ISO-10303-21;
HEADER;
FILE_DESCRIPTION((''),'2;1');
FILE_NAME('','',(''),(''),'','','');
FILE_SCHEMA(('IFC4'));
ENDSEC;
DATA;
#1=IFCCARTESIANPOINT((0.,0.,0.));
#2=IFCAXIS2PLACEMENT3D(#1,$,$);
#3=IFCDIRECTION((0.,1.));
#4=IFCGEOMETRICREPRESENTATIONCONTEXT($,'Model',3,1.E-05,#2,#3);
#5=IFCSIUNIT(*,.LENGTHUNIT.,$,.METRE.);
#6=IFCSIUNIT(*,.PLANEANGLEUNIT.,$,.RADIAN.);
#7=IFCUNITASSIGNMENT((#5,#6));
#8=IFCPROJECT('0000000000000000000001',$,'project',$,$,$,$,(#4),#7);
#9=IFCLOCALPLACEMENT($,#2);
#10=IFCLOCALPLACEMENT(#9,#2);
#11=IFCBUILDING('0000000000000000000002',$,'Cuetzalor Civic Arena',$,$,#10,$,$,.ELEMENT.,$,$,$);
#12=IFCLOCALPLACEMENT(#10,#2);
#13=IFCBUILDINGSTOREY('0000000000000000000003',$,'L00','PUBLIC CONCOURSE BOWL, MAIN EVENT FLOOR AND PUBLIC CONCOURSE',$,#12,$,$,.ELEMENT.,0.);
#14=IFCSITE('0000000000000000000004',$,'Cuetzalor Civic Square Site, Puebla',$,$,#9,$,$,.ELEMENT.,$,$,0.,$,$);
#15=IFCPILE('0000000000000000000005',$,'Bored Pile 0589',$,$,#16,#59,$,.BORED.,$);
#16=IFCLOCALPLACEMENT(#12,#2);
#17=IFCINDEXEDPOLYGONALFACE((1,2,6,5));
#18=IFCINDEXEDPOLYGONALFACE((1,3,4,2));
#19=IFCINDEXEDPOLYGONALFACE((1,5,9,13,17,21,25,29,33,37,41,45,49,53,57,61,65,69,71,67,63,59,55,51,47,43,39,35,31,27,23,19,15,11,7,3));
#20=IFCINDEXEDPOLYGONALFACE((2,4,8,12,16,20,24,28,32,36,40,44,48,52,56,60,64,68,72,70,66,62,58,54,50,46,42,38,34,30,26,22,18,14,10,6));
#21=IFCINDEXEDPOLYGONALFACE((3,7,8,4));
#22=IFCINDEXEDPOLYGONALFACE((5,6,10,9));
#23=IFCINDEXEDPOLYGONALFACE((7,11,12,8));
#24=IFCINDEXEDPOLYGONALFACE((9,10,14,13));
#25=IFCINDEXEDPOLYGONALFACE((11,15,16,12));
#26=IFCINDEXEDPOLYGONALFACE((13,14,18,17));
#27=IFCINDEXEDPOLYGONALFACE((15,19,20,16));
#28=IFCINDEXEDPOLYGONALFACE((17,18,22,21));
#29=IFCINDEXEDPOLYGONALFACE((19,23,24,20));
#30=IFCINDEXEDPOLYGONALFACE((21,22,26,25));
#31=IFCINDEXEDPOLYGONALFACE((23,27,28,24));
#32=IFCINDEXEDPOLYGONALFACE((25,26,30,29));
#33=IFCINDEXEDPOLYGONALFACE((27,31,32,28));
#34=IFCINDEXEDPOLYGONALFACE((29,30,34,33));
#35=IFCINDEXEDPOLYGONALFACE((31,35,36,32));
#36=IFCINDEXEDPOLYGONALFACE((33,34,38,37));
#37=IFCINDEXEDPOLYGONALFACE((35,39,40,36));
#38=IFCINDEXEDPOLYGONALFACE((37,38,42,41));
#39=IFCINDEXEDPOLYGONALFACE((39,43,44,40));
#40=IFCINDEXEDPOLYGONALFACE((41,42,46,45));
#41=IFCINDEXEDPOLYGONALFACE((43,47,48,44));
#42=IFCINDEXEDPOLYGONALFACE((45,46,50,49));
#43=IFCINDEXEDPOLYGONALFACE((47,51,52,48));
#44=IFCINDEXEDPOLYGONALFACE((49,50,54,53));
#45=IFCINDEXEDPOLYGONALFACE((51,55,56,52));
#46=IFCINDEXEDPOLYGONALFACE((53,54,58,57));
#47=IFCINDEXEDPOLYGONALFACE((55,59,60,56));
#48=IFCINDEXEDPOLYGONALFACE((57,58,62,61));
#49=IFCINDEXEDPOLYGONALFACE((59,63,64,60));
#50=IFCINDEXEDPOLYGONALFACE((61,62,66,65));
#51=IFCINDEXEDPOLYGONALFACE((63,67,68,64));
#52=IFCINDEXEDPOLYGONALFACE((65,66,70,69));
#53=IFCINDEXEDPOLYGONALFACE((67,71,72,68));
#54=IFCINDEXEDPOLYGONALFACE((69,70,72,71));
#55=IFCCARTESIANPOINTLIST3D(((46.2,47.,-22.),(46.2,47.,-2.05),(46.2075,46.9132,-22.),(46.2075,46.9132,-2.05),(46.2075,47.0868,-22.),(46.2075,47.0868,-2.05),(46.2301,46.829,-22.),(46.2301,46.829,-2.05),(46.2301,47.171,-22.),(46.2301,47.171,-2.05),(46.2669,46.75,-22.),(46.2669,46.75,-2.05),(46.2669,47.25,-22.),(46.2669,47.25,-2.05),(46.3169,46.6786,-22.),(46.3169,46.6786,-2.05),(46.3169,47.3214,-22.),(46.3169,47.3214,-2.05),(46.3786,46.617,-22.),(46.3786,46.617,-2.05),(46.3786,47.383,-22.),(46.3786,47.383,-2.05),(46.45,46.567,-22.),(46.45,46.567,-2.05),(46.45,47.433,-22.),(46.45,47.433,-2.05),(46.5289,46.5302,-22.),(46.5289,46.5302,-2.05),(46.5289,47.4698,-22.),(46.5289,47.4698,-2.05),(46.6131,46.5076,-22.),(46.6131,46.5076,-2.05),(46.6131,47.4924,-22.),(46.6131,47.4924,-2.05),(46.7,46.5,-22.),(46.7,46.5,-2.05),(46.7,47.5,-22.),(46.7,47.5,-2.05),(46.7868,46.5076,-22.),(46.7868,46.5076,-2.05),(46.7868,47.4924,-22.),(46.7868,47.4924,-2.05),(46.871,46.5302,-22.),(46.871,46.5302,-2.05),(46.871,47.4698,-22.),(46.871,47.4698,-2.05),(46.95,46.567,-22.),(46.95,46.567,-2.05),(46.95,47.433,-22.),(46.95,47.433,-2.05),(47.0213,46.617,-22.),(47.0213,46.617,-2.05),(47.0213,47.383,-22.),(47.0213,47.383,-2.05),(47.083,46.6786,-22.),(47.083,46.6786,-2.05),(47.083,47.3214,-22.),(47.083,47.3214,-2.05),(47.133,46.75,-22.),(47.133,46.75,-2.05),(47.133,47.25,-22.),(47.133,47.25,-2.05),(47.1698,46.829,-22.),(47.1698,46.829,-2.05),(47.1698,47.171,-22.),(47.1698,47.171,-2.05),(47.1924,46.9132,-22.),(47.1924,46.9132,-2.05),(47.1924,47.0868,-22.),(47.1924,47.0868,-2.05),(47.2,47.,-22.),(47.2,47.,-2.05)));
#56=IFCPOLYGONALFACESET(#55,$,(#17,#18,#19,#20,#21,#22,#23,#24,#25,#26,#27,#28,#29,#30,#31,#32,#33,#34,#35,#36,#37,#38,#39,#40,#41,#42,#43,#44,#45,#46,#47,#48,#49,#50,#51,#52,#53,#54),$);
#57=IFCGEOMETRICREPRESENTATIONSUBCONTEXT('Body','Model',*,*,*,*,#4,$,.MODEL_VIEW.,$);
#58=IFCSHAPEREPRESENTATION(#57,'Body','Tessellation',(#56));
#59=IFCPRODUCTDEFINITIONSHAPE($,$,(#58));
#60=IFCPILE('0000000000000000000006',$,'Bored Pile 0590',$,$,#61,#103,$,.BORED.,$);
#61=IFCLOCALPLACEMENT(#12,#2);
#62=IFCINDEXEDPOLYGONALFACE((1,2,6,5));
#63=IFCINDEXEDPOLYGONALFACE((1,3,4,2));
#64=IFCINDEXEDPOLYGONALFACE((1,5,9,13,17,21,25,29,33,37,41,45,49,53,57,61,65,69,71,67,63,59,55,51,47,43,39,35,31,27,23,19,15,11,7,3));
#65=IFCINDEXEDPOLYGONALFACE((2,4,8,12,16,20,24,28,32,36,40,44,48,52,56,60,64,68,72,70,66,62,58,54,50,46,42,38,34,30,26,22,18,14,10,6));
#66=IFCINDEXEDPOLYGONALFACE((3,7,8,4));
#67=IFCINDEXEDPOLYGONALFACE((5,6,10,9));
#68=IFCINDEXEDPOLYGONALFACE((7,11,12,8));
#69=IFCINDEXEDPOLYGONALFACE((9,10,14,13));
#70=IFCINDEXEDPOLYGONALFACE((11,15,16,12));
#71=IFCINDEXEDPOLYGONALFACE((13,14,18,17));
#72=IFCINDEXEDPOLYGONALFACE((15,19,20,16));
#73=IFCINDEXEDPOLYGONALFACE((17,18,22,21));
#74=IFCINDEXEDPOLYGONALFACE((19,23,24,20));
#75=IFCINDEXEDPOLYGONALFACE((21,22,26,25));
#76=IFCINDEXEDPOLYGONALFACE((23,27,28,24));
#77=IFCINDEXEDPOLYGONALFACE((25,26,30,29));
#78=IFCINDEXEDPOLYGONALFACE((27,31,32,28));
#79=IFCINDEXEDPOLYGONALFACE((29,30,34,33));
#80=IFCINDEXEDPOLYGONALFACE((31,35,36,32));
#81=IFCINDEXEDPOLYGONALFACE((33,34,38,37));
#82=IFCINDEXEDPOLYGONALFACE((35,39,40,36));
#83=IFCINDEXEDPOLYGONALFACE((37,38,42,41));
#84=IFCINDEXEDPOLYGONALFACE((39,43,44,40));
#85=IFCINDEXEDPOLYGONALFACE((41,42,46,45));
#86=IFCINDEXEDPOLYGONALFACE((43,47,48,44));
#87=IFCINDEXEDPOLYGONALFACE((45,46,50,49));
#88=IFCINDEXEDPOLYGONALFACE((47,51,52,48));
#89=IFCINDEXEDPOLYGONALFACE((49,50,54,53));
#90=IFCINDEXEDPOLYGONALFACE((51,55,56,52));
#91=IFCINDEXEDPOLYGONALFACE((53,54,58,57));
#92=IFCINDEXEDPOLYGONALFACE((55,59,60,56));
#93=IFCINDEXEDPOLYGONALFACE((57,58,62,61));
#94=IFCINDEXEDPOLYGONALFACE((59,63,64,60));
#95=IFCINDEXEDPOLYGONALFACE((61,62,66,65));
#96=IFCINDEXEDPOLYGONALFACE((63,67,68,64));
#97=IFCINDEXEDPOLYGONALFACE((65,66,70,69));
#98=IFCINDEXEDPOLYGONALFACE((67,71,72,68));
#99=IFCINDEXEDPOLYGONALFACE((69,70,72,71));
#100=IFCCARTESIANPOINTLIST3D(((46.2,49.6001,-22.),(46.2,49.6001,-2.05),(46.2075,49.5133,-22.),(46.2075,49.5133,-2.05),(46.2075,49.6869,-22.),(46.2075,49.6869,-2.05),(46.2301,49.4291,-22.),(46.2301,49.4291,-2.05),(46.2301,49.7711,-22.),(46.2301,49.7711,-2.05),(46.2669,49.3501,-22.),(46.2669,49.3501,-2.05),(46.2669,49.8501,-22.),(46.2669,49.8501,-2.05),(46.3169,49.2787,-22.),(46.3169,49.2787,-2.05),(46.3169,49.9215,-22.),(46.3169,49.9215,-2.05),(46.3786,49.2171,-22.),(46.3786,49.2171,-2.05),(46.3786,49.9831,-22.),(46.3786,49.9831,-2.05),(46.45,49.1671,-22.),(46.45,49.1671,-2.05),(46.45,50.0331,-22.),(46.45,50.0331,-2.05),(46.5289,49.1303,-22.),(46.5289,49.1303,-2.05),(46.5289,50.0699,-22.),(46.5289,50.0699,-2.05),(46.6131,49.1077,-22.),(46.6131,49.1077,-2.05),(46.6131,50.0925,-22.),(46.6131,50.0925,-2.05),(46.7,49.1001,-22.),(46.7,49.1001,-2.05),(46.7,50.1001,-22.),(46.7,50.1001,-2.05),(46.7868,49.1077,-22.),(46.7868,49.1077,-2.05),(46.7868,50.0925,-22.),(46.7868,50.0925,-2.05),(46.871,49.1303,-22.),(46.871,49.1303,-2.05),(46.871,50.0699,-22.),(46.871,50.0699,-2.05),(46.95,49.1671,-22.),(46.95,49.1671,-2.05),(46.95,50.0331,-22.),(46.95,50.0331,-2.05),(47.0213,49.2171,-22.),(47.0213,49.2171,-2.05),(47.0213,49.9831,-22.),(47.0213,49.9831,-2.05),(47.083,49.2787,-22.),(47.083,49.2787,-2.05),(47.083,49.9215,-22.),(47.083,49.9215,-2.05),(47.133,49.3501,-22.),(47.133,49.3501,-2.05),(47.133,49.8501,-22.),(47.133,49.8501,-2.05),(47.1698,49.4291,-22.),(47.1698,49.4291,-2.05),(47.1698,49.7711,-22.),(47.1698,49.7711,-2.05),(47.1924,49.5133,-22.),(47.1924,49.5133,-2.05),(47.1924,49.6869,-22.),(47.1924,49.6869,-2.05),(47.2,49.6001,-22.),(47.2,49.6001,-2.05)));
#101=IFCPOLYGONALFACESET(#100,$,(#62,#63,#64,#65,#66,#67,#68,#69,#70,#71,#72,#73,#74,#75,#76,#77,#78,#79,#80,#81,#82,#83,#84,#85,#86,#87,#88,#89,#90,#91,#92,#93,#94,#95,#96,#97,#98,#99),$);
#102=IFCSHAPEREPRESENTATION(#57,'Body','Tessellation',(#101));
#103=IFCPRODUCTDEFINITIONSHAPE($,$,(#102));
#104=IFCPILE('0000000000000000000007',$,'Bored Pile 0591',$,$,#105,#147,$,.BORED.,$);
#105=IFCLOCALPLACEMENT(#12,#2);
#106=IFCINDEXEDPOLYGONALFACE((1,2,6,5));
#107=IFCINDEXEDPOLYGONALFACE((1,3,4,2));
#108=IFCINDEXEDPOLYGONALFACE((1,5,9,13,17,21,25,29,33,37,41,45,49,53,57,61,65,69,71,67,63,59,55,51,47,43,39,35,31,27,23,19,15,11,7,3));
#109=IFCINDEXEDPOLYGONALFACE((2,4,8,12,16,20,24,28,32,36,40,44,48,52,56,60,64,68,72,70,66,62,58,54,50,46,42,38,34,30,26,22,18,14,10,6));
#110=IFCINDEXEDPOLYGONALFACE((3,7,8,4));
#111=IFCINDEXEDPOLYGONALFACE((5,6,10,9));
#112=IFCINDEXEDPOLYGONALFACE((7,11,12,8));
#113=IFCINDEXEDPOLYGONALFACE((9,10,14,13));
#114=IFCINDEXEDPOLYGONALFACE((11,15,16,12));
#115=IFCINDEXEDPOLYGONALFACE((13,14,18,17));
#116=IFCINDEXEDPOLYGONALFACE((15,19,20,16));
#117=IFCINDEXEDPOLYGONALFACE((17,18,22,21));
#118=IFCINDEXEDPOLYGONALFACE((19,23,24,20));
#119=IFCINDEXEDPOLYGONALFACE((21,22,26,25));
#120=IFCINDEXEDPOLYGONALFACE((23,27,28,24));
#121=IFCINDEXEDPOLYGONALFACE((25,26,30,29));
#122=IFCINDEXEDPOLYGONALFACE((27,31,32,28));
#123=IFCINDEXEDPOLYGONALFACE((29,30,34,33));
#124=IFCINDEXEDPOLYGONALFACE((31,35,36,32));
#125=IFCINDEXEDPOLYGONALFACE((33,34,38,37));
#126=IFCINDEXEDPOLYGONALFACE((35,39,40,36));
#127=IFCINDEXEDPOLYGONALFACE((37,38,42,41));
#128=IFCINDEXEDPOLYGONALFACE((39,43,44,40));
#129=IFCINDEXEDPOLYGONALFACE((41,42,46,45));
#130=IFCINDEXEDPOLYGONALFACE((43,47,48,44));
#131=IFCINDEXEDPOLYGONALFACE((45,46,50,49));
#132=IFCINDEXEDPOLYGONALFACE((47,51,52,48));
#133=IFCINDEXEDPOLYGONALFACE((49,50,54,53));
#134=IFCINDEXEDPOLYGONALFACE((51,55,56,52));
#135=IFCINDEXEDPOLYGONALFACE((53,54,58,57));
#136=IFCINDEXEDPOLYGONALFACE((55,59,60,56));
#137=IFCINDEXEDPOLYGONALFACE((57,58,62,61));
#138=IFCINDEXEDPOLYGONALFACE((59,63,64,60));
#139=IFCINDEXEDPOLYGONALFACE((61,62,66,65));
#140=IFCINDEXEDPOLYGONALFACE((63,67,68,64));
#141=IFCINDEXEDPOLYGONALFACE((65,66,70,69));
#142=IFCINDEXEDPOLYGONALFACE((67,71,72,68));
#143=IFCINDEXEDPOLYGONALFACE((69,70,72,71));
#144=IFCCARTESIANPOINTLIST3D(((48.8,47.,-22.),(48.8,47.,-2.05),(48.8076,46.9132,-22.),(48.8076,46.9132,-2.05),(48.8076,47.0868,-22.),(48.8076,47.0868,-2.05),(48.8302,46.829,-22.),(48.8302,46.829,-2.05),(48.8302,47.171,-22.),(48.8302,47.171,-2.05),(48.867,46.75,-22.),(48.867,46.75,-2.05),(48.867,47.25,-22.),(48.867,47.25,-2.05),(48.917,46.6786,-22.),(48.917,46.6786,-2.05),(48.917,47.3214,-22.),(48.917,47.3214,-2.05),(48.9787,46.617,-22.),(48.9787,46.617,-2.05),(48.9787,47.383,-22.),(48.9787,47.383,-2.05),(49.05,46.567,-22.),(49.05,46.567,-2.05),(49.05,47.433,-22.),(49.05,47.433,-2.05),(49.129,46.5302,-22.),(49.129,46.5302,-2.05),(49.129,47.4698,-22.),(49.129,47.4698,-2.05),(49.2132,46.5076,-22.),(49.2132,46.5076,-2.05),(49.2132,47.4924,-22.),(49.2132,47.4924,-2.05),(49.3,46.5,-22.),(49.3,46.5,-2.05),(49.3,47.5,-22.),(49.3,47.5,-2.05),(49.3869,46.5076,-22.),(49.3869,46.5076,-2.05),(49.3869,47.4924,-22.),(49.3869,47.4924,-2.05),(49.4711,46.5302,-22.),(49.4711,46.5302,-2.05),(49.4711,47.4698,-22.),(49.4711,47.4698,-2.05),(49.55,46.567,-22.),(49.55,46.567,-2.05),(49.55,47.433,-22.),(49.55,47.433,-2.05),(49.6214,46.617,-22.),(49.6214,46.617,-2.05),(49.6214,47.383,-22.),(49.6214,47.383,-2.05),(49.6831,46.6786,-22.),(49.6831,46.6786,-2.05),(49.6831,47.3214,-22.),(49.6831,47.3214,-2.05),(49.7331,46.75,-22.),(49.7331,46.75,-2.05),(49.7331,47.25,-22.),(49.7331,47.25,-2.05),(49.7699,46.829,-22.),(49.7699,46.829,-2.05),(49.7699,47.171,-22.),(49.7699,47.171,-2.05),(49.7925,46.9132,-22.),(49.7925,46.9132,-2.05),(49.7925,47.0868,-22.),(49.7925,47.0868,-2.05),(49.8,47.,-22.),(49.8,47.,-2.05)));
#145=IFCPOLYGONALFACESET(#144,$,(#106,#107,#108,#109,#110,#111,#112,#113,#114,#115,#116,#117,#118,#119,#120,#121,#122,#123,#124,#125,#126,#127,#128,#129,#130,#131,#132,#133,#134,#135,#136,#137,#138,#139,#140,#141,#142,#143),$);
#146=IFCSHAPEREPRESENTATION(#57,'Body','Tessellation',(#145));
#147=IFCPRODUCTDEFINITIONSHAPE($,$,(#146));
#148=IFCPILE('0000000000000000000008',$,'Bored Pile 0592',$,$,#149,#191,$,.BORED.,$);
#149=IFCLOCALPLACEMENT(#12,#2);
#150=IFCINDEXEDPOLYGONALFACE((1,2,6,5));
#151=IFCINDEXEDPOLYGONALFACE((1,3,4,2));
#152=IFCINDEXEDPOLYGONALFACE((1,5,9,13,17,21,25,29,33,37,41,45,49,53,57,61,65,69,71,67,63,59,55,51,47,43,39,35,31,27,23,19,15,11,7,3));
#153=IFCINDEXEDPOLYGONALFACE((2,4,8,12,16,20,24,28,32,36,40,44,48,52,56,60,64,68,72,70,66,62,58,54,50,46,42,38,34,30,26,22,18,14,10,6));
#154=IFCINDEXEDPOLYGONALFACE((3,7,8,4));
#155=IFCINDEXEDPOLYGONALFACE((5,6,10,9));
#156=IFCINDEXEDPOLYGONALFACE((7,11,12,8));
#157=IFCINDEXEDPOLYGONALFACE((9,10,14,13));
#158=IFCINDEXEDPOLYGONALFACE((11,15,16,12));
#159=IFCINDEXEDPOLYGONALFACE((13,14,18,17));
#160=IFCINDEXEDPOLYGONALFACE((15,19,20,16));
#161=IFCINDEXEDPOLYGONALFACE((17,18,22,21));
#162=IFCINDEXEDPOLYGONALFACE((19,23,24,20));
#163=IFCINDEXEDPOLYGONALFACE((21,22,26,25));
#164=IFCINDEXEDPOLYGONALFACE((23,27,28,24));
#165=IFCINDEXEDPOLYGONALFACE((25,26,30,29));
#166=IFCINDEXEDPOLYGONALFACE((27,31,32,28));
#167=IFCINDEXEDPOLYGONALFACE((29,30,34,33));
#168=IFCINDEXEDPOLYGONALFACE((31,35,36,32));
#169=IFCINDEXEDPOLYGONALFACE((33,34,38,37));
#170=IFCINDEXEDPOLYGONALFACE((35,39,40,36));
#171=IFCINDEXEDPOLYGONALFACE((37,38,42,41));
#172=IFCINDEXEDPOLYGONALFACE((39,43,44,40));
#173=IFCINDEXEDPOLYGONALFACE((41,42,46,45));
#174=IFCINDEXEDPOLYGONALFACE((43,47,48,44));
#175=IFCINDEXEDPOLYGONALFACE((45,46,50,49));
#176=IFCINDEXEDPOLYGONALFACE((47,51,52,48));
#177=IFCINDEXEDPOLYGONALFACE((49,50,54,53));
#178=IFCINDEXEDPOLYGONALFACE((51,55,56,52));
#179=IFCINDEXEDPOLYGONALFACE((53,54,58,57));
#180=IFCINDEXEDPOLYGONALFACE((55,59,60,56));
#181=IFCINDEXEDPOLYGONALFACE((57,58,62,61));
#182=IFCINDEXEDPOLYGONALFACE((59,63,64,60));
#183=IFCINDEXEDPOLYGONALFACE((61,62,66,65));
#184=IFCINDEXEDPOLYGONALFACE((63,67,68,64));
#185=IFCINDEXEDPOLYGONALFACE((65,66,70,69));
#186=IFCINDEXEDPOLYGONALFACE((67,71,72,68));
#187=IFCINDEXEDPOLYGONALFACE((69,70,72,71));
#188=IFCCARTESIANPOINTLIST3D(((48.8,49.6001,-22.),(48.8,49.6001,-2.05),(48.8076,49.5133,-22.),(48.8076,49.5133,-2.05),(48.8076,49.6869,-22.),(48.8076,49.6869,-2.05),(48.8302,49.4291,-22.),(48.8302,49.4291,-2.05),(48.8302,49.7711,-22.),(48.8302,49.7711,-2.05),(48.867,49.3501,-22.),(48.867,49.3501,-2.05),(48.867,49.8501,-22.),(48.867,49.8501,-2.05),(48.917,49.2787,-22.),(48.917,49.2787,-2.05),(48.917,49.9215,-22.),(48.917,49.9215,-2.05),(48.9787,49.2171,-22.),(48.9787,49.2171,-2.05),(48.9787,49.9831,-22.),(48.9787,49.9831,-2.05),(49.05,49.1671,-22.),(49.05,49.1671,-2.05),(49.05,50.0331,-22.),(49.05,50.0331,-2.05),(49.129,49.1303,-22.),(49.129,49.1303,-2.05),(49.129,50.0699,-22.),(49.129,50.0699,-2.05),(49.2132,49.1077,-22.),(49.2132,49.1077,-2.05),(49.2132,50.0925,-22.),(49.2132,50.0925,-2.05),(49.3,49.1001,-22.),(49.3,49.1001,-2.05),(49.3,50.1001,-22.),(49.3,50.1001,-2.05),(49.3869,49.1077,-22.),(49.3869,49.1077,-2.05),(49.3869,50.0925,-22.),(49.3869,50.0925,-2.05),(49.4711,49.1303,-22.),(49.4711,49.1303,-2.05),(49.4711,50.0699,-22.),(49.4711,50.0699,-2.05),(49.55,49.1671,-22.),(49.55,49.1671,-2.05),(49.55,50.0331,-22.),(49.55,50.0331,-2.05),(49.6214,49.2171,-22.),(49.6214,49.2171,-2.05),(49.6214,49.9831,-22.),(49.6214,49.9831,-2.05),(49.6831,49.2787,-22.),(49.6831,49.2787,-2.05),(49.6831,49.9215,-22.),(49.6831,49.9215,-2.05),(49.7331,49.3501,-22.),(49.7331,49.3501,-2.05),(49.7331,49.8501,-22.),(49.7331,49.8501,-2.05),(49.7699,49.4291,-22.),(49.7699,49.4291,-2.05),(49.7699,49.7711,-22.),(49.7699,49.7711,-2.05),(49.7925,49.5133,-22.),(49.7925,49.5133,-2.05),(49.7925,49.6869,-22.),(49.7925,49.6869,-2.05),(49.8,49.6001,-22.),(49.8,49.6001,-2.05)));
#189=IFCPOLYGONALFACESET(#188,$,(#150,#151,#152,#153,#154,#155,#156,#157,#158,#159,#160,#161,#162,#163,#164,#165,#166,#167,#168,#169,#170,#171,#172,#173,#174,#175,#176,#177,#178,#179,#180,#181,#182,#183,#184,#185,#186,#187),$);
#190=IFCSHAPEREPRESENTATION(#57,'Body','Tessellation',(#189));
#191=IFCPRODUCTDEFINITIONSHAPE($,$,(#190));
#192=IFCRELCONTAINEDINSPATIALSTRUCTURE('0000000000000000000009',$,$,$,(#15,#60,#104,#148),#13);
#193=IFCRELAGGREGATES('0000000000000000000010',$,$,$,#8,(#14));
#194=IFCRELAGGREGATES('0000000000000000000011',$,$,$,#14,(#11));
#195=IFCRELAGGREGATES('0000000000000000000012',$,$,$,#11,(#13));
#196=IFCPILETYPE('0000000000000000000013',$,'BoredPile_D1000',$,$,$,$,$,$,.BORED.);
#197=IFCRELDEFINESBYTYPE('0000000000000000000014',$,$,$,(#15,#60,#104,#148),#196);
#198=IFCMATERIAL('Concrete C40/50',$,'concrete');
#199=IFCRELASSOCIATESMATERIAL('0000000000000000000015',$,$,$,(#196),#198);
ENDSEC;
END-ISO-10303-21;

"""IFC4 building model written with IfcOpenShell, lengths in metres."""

from ifc_helpers import new_model, si_unit, direction, frame, origin, origin_2d, place, context, subcontext, project, spatial, circle, extrude, material, material_profile, profile_set, type_object, element, save


model = new_model("IFC4")

# Units and contexts
model_context = context("Model", 3, precision=1e-05, world=origin(), true_north=direction((0.0, 1.0)))
body_context = subcontext(model_context, "Body", "Model", "MODEL_VIEW")
ifc_project = project(units=[si_unit("LENGTHUNIT", "METRE"), si_unit("PLANEANGLEUNIT", "RADIAN")], contexts=[model_context])

# Site, building, storey
site_placement = place(None, origin())
site = spatial("IfcSite", under=ifc_project, at=site_placement, Name="Cuetzalor Civic Square Site, Puebla", CompositionType="ELEMENT", RefElevation=0.0)
building_placement = place(site_placement, origin())
building = spatial("IfcBuilding", under=site, at=building_placement, Name="Cuetzalor Civic Arena", CompositionType="ELEMENT")
storey_placement = place(building_placement, origin())
storey = spatial("IfcBuildingStorey", under=building, at=storey_placement, Name="L00", Description="PUBLIC CONCOURSE BOWL, MAIN EVENT FLOOR AND PUBLIC CONCOURSE", CompositionType="ELEMENT", Elevation=0.0)

# Piles
ifc_material_1 = material(Name="Concrete C40/50", Category="concrete")
ifc_material_profile_1 = material_profile(ifc_material_1, circle(Radius=0.5, at=origin_2d()), Name="BORED PILE D1000")
ifc_profile_set_1 = profile_set([ifc_material_profile_1], Name="Concrete C40/50")
pile_type = type_object("IfcPileType", Name="BoredPile_D1000", PredefinedType="BORED", material=ifc_profile_set_1)
for number, where, z_axis, x_axis, name in (
    (1, (46.7, 47.0, -2.05), (0.0, 0.0, -1.0), (1.0, 0.0, 0.0), "Bored Pile 0589"),
    (2, (46.7, 49.6001, -2.05), (0.0, 0.0, -1.0), (1.0, 0.0, 0.0), "Bored Pile 0590"),
    (3, (49.3, 47.0, -2.05), (0.0, 0.0, -1.0), (1.0, 0.0, 0.0), "Bored Pile 0591"),
    (4, (49.3, 49.6001, -2.05), (0.0, 0.0, -1.0), (1.0, 0.0, 0.0), "Bored Pile 0592"),
):
    element("IfcPile", number, at=place(storey_placement, frame(where, z_axis=z_axis, x_axis=x_axis)), inside=storey, type_object=pile_type, Name=name, PredefinedType="BORED", context=body_context, shape_type="SweptSolid", body=[
        extrude(circle(Radius=0.5, at=origin_2d()), origin(), (0.0, 0.0, 1.0), 19.95),
    ])

save(model, "model.ifc")
